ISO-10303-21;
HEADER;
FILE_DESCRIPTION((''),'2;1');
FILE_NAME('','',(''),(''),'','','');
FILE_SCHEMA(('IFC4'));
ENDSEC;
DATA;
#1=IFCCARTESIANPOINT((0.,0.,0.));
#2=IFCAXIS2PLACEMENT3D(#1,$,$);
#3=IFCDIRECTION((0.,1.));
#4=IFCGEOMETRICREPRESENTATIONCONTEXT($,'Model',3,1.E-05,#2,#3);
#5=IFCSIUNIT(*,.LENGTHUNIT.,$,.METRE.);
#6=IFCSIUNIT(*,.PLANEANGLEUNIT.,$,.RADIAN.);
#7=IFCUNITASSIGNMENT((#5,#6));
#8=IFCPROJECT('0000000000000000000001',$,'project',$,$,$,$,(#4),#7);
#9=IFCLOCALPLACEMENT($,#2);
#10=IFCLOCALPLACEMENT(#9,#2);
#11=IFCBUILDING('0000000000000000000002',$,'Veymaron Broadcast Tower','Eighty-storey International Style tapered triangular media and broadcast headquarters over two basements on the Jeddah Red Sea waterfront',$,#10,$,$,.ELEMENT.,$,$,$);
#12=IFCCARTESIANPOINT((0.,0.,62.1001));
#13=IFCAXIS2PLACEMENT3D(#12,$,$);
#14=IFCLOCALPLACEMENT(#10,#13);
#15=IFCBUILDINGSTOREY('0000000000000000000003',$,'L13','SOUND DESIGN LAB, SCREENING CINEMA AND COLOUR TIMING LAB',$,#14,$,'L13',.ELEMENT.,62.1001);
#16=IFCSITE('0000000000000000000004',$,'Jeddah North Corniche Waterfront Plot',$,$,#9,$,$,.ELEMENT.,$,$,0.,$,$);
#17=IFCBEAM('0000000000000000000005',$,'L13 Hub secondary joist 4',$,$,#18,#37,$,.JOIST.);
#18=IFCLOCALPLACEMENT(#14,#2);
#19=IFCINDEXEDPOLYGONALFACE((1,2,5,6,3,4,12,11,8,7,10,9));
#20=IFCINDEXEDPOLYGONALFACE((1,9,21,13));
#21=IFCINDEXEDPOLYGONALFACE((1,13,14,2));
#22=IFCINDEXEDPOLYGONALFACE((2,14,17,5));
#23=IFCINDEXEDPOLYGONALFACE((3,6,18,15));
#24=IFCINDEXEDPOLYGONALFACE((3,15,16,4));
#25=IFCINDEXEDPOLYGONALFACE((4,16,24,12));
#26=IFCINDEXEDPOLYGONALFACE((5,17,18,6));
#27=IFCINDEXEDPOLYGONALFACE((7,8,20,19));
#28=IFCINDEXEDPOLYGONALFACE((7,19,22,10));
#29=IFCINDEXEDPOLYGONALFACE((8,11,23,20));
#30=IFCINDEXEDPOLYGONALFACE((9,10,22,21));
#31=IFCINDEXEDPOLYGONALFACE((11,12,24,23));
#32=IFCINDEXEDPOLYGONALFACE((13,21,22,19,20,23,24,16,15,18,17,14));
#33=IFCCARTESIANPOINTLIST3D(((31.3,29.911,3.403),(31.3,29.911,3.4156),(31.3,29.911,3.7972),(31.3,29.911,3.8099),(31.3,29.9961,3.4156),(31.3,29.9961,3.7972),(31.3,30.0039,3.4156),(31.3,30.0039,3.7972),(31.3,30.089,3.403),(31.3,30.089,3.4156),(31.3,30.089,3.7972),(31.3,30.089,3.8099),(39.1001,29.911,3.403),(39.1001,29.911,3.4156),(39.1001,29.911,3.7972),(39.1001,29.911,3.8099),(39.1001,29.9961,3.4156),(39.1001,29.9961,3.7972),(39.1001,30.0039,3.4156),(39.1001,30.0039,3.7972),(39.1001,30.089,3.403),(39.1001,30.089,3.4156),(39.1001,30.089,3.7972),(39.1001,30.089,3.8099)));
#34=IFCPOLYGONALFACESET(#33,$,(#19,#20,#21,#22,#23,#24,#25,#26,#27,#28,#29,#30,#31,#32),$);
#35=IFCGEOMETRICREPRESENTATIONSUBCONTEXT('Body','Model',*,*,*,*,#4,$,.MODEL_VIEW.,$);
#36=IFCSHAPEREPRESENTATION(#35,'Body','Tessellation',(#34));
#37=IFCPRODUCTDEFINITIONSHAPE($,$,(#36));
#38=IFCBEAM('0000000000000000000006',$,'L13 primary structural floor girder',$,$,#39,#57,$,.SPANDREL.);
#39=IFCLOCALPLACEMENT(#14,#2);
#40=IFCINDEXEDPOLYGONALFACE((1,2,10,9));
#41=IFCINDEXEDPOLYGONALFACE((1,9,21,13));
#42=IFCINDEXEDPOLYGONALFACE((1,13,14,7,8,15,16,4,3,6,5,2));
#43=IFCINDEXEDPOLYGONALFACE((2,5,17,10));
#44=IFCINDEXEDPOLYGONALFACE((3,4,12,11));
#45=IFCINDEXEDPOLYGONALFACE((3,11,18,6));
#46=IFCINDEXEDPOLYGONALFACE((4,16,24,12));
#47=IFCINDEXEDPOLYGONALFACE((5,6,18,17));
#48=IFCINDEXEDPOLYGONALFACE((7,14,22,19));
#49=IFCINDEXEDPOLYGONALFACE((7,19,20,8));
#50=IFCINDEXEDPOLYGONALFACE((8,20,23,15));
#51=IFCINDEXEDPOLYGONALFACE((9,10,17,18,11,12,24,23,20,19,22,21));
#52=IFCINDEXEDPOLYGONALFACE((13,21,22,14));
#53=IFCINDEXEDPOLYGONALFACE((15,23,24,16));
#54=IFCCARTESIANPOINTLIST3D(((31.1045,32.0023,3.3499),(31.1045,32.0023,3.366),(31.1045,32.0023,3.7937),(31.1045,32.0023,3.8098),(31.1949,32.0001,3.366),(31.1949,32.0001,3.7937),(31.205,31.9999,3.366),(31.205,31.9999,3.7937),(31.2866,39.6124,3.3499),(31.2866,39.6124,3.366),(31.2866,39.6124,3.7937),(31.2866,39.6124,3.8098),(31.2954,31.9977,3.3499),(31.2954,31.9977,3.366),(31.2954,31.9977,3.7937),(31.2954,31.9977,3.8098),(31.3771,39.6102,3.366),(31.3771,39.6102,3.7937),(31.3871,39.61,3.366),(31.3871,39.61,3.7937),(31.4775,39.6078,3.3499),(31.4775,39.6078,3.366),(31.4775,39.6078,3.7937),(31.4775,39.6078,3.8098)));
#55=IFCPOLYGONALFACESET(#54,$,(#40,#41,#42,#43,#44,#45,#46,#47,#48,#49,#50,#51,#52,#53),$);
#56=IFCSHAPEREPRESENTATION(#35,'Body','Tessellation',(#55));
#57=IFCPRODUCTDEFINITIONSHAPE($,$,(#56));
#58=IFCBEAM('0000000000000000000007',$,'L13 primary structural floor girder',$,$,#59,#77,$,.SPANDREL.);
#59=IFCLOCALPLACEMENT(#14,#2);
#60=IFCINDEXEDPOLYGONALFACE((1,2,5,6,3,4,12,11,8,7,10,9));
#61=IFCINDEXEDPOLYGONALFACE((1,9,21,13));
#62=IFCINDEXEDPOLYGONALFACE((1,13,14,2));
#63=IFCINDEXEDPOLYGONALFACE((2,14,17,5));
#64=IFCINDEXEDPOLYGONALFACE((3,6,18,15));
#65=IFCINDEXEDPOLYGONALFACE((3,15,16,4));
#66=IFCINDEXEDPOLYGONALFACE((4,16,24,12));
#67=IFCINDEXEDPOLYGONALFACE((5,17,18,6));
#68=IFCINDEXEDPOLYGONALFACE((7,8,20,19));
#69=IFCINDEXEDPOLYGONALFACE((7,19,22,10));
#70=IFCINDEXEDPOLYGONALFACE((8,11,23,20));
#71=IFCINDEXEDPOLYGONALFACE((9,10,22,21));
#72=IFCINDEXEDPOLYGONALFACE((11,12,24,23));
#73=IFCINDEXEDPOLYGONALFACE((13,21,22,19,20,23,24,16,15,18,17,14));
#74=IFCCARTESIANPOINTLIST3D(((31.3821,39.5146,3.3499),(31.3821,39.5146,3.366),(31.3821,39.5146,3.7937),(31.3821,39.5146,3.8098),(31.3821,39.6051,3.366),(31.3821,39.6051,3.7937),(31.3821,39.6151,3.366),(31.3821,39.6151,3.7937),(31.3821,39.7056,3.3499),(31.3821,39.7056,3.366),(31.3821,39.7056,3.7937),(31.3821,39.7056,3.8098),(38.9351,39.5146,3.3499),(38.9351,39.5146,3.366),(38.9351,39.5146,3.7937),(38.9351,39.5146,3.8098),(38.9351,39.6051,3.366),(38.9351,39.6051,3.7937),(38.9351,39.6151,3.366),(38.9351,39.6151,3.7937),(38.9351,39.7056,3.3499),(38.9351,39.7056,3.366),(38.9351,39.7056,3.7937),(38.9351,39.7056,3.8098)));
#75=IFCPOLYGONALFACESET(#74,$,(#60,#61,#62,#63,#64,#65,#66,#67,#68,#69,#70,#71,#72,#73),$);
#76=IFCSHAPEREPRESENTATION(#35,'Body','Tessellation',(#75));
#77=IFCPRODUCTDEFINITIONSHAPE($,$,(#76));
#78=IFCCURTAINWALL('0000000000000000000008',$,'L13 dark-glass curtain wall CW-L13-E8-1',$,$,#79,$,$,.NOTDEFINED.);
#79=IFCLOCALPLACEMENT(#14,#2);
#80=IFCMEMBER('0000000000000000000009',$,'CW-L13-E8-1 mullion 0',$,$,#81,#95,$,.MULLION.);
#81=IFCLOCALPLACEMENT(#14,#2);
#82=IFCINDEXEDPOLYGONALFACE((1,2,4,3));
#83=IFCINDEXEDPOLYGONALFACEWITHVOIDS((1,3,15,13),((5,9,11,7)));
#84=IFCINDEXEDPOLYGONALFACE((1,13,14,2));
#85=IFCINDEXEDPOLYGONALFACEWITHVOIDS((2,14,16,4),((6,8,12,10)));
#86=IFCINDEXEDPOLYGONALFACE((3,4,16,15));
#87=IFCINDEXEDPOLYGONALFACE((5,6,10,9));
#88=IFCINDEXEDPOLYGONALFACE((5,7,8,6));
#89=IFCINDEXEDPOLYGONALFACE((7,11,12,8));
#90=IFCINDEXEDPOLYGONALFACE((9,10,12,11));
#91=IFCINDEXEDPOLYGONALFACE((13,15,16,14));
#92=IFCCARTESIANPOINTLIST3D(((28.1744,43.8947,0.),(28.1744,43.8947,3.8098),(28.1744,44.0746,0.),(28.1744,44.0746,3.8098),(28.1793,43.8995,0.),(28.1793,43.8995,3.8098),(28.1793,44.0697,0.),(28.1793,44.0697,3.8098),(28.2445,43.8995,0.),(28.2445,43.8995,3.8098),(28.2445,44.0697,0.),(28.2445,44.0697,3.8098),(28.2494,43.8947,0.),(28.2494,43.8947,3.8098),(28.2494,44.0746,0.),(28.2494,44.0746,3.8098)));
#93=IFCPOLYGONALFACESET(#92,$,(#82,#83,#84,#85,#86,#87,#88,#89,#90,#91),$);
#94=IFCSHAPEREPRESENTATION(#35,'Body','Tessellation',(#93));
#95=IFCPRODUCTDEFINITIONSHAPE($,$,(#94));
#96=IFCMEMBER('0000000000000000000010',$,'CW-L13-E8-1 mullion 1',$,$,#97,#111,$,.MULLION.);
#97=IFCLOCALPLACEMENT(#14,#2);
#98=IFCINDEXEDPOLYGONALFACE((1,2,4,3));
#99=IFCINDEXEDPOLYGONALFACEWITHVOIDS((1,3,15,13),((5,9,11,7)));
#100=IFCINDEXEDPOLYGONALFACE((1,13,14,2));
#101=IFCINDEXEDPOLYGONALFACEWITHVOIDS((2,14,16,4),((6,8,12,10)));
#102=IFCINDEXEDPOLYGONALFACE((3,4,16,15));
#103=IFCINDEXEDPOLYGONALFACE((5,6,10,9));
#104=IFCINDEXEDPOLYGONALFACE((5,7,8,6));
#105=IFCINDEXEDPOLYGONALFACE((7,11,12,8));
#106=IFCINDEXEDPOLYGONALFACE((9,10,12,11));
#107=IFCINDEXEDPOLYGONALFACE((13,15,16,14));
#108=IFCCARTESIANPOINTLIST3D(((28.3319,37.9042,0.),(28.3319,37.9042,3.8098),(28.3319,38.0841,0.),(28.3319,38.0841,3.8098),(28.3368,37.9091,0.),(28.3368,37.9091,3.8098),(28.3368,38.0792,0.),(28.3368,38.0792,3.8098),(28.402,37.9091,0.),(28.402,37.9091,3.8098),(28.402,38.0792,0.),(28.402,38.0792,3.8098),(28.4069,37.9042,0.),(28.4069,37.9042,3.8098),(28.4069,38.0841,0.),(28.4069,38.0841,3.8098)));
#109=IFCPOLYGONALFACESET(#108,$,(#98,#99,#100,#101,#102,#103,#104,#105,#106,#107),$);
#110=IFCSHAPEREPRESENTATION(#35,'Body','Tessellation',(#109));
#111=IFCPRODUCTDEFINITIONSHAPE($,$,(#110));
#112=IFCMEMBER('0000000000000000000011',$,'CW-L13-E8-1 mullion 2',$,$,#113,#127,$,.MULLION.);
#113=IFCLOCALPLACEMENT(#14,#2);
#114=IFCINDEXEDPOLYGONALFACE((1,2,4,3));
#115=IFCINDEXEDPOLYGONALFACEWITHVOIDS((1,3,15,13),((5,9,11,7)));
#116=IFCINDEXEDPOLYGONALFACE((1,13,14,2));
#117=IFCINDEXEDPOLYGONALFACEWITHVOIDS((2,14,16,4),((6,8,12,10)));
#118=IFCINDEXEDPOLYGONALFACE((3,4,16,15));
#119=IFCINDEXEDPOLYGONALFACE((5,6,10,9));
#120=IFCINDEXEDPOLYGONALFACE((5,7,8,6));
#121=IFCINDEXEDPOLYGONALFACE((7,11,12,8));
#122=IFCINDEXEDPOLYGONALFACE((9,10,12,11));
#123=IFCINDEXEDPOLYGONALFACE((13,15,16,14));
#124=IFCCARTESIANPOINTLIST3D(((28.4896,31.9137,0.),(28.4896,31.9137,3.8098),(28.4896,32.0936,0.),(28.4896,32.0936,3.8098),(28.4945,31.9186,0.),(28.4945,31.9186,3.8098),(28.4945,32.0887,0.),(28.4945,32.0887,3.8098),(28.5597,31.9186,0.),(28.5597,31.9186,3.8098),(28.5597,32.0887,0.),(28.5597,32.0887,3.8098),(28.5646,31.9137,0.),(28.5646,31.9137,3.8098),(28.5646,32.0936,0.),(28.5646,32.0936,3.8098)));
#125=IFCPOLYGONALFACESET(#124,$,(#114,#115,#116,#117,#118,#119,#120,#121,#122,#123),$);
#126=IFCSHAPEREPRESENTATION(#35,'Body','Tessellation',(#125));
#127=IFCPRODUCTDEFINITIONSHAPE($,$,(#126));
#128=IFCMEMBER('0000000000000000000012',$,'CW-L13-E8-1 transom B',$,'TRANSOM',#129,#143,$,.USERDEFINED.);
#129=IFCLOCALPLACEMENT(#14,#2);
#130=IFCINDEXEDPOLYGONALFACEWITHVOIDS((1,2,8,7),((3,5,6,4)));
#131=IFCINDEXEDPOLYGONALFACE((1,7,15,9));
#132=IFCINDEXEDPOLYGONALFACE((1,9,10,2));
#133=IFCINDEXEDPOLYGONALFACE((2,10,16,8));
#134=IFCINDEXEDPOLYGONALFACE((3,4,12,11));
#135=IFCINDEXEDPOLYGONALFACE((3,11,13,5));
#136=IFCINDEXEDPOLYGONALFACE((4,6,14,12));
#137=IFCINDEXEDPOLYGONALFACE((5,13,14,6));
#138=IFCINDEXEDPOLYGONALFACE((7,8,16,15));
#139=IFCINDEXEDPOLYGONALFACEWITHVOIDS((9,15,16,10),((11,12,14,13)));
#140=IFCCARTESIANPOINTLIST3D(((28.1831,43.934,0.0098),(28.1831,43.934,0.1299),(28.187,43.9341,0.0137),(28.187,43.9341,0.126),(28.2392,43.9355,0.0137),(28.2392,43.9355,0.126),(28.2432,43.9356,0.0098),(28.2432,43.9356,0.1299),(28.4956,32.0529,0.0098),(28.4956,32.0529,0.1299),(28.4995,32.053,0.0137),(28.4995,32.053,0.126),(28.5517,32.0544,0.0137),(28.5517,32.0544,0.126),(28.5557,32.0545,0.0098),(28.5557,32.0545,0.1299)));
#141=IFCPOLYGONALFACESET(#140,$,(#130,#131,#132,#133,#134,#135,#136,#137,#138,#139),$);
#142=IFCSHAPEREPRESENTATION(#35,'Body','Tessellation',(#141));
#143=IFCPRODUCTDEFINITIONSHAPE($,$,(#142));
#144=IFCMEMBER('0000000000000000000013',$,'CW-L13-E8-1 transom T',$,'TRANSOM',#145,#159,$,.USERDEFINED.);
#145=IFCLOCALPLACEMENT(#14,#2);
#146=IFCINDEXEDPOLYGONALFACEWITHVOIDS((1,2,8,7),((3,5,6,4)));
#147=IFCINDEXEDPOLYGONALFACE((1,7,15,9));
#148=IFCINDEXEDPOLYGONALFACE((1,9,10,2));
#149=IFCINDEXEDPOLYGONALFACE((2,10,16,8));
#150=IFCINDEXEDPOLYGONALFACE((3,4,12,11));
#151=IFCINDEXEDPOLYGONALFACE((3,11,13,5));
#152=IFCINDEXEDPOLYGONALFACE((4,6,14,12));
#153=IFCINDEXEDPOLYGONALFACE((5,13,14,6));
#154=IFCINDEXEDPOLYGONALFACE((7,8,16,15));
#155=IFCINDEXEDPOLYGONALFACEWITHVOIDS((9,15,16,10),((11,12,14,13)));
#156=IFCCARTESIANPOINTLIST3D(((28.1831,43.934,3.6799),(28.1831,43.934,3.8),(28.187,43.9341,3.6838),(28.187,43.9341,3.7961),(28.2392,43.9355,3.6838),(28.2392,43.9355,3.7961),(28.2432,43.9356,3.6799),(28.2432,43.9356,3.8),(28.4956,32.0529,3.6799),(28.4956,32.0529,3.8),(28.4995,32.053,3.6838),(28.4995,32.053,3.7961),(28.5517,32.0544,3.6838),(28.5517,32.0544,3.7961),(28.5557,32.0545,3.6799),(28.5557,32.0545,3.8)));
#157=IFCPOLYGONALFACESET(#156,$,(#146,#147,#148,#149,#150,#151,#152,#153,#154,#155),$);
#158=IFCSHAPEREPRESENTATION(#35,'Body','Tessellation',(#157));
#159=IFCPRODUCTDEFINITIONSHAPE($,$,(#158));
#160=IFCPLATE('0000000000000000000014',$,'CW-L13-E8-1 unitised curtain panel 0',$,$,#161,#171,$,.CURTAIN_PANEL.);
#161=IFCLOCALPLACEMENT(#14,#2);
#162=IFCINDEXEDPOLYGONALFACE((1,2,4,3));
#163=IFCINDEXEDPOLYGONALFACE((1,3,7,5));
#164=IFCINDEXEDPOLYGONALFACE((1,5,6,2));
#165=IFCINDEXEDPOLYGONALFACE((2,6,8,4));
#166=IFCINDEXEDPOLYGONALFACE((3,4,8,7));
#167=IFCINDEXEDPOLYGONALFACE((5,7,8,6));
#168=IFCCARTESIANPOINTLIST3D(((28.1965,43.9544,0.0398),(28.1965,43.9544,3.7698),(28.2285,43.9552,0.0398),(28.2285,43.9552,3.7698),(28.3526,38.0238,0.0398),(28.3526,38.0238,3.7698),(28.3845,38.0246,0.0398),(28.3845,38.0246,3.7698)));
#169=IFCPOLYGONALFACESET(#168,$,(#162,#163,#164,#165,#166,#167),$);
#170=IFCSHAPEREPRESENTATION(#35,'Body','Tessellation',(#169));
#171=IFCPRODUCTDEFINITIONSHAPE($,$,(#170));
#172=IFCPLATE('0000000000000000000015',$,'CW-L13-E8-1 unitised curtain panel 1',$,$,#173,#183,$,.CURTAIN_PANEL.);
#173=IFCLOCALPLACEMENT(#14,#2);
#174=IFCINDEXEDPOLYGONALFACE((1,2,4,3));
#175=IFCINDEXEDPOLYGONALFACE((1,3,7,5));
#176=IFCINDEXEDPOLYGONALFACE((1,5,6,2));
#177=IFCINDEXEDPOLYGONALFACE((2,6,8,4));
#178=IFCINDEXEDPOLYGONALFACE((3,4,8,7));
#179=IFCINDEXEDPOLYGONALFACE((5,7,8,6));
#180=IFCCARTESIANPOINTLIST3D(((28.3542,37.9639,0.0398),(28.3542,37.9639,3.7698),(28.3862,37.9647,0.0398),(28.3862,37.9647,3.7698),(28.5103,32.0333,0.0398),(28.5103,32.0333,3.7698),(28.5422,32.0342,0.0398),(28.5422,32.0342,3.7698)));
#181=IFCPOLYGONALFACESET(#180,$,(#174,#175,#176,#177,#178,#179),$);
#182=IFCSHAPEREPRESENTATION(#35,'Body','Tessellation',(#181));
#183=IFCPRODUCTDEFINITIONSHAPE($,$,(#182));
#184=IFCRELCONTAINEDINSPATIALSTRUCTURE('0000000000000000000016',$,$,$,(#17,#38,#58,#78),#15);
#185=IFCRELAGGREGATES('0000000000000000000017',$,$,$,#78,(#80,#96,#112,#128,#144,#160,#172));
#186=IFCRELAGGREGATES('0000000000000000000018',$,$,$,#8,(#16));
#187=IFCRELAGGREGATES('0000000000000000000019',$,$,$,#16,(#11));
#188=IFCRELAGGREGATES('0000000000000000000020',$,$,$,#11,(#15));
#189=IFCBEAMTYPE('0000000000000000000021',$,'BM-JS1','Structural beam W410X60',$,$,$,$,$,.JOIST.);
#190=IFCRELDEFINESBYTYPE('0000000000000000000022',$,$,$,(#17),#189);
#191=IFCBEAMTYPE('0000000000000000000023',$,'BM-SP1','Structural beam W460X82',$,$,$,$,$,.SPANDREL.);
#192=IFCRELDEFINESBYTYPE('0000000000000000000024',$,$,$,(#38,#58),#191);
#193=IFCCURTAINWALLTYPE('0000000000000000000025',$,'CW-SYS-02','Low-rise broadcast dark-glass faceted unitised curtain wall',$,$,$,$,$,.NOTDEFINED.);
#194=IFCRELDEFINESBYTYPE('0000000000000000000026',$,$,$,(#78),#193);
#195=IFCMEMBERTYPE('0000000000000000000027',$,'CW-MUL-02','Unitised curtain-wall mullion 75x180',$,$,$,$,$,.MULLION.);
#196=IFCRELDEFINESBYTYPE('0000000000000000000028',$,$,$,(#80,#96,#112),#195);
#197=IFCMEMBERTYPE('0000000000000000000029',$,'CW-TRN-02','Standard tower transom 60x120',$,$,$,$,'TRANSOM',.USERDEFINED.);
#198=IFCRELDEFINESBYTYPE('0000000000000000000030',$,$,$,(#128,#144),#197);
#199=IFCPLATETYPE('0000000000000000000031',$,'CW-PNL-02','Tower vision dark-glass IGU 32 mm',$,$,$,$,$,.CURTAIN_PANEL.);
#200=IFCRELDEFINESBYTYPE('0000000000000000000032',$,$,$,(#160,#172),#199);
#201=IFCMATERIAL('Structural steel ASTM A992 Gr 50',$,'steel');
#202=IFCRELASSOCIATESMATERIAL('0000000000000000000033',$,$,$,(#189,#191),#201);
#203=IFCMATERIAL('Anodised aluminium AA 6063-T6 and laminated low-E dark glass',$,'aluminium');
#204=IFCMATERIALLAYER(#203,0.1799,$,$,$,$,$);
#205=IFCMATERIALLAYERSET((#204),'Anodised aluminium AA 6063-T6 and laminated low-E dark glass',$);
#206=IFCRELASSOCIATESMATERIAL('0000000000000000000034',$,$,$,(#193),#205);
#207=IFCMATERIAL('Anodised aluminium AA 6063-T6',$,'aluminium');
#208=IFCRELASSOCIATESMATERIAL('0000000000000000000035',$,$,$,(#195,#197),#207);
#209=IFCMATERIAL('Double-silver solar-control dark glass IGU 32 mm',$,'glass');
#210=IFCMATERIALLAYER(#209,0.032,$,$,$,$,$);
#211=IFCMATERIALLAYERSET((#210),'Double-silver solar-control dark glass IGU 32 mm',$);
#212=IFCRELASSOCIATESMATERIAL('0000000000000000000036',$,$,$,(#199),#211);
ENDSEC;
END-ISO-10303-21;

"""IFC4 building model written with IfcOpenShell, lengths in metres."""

from ifc_helpers import new_model, si_unit, direction, frame, origin, origin_2d, place, context, subcontext, project, spatial, rectangle, hollow_rectangle, i_section, extrude, material, layer, layer_set, material_profile, profile_set, type_object, element, aggregate, save


model = new_model("IFC4")

# Units and contexts
model_context = context("Model", 3, precision=1e-05, world=origin(), true_north=direction((0.0, 1.0)))
body_context = subcontext(model_context, "Body", "Model", "MODEL_VIEW")
ifc_project = project(units=[si_unit("LENGTHUNIT", "METRE"), si_unit("PLANEANGLEUNIT", "RADIAN")], contexts=[model_context])

# Site, building, storey
site_placement = place(None, origin())
site = spatial("IfcSite", under=ifc_project, at=site_placement, Name="Jeddah North Corniche Waterfront Plot", CompositionType="ELEMENT", RefElevation=0.0)
building_placement = place(site_placement, origin())
building = spatial("IfcBuilding", under=site, at=building_placement, Name="Veymaron Broadcast Tower", Description="Eighty-storey International Style tapered triangular media and broadcast headquarters over two basements on the Jeddah Red Sea waterfront", CompositionType="ELEMENT")
storey_placement = place(building_placement, frame((0.0, 0.0, 62.1001)))
storey = spatial("IfcBuildingStorey", under=building, at=storey_placement, Name="L13", Description="SOUND DESIGN LAB, SCREENING CINEMA AND COLOUR TIMING LAB", LongName="L13", CompositionType="ELEMENT", Elevation=62.1001)

# Beams
ifc_material_1 = material(Name="Structural steel ASTM A992 Gr 50", Category="steel")
ifc_material_profile_1 = material_profile(ifc_material_1, i_section(OverallWidth=0.178, OverallDepth=0.407, WebThickness=0.0078, FlangeThickness=0.0127, at=origin_2d()), Name="W410X60")
ifc_profile_set_1 = profile_set([ifc_material_profile_1], Name="Structural steel ASTM A992 Gr 50")
beam_type_1 = type_object("IfcBeamType", Name="BM-JS1", Description="Structural beam W410X60", PredefinedType="JOIST", material=ifc_profile_set_1)
for number, where, z_axis, x_axis, name in (
    (1, (31.3, 30.0, 3.6064), (1.0, 0.0, 0.0), (0.0, 1.0, 0.0), "L13 Hub secondary joist 4"),
):
    element("IfcBeam", number, at=place(storey_placement, frame(where, z_axis=z_axis, x_axis=x_axis)), inside=storey, type_object=beam_type_1, Name=name, PredefinedType="JOIST", context=body_context, shape_type="SweptSolid", body=[
        extrude(i_section(OverallWidth=0.178, OverallDepth=0.407, WebThickness=0.0078, FlangeThickness=0.0127, at=origin_2d()), origin(), (0.0, 0.0, 1.0), 7.8),
    ])
ifc_material_profile_2 = material_profile(ifc_material_1, i_section(OverallWidth=0.1909, OverallDepth=0.46, WebThickness=0.01, FlangeThickness=0.0161, at=origin_2d()), Name="W460X82")
ifc_profile_set_2 = profile_set([ifc_material_profile_2], Name="Structural steel ASTM A992 Gr 50")
beam_type_2 = type_object("IfcBeamType", Name="BM-SP1", Description="Structural beam W460X82", PredefinedType="SPANDREL", material=ifc_profile_set_2)
beam_1_placement = place(storey_placement, frame((31.2, 32.0, 3.5798), z_axis=(0.023926, 0.999714, 0.0), x_axis=(-0.999714, 0.023926, 0.0)))
element("IfcBeam", 2, at=beam_1_placement, inside=storey, type_object=beam_type_2, Name="L13 primary structural floor girder", PredefinedType="SPANDREL", context=body_context, shape_type="SweptSolid", body=[
    extrude(i_section(OverallWidth=0.1909, OverallDepth=0.46, WebThickness=0.01, FlangeThickness=0.0161, at=origin_2d()), origin(), (0.0, 0.0, 1.0), 7.6123),
])
beam_2_placement = place(storey_placement, frame((31.3821, 39.6101, 3.5798), z_axis=(1.0, 0.0, 0.0), x_axis=(0.0, 1.0, 0.0)))
element("IfcBeam", 3, at=beam_2_placement, inside=storey, type_object=beam_type_2, Name="L13 primary structural floor girder", PredefinedType="SPANDREL", context=body_context, shape_type="SweptSolid", body=[
    extrude(i_section(OverallWidth=0.1909, OverallDepth=0.46, WebThickness=0.01, FlangeThickness=0.0161, at=origin_2d()), origin(), (0.0, 0.0, 1.0), 7.553),
])

# Curtain wall, members, plates
ifc_material_2 = material(Name="Anodised aluminium AA 6063-T6 and laminated low-E dark glass", Category="aluminium")
ifc_layer_1 = layer(ifc_material_2, 0.1799)
ifc_layer_set_1 = layer_set([ifc_layer_1], Name="Anodised aluminium AA 6063-T6 and laminated low-E dark glass")
curtain_wall_type = type_object("IfcCurtainWallType", Name="CW-SYS-02", Description="Low-rise broadcast dark-glass faceted unitised curtain wall", PredefinedType="NOTDEFINED", material=ifc_layer_set_1)
curtain_wall_placement = place(storey_placement, origin())
curtain_wall = element("IfcCurtainWall", 4, at=curtain_wall_placement, inside=storey, type_object=curtain_wall_type, Name="L13 dark-glass curtain wall CW-L13-E8-1", PredefinedType="NOTDEFINED")
ifc_material_3 = material(Name="Anodised aluminium AA 6063-T6", Category="aluminium")
ifc_material_profile_3 = material_profile(ifc_material_3, hollow_rectangle(XDim=0.075, YDim=0.1799, WallThickness=0.0049, at=origin_2d()), Name="AL180X75X5")
ifc_profile_set_3 = profile_set([ifc_material_profile_3], Name="Anodised aluminium AA 6063-T6")
member_type_1 = type_object("IfcMemberType", Name="CW-MUL-02", Description="Unitised curtain-wall mullion 75x180", PredefinedType="MULLION", material=ifc_profile_set_3)
member_1_placement = place(storey_placement, frame((28.2119, 43.9846, 0.0), z_axis=(0.0, 0.0, 1.0), x_axis=(1.0, 0.0, 0.0)))
member_1 = element("IfcMember", 5, at=member_1_placement, type_object=member_type_1, Name="CW-L13-E8-1 mullion 0", PredefinedType="MULLION", context=body_context, shape_type="SweptSolid", body=[
    extrude(hollow_rectangle(XDim=0.075, YDim=0.1799, WallThickness=0.0049, at=origin_2d()), origin(), (0.0, 0.0, 1.0), 3.8098),
])
member_2_placement = place(storey_placement, frame((28.3694, 37.9941, 0.0), z_axis=(0.0, 0.0, 1.0), x_axis=(1.0, 0.0, 0.0)))
member_2 = element("IfcMember", 6, at=member_2_placement, type_object=member_type_1, Name="CW-L13-E8-1 mullion 1", PredefinedType="MULLION", context=body_context, shape_type="SweptSolid", body=[
    extrude(hollow_rectangle(XDim=0.075, YDim=0.1799, WallThickness=0.0049, at=origin_2d()), origin(), (0.0, 0.0, 1.0), 3.8098),
])
member_3_placement = place(storey_placement, frame((28.5271, 32.0037, 0.0), z_axis=(0.0, 0.0, 1.0), x_axis=(1.0, 0.0, 0.0)))
member_3 = element("IfcMember", 7, at=member_3_placement, type_object=member_type_1, Name="CW-L13-E8-1 mullion 2", PredefinedType="MULLION", context=body_context, shape_type="SweptSolid", body=[
    extrude(hollow_rectangle(XDim=0.075, YDim=0.1799, WallThickness=0.0049, at=origin_2d()), origin(), (0.0, 0.0, 1.0), 3.8098),
])
ifc_material_profile_4 = material_profile(ifc_material_3, hollow_rectangle(XDim=0.0601, YDim=0.1201, WallThickness=0.0039, at=origin_2d()), Name="AL120X60X4")
ifc_profile_set_4 = profile_set([ifc_material_profile_4], Name="Anodised aluminium AA 6063-T6")
member_type_2 = type_object("IfcMemberType", Name="CW-TRN-02", Description="Standard tower transom 60x120", ElementType="TRANSOM", PredefinedType="USERDEFINED", material=ifc_profile_set_4)
member_4_placement = place(storey_placement, frame((28.2131, 43.9348, 0.0698), z_axis=(0.026293, -0.999654, 0.0), x_axis=(0.999654, 0.026293, 0.0)))
member_4 = element("IfcMember", 8, at=member_4_placement, type_object=member_type_2, Name="CW-L13-E8-1 transom B", ObjectType="TRANSOM", PredefinedType="USERDEFINED", context=body_context, shape_type="SweptSolid", body=[
    extrude(hollow_rectangle(XDim=0.0601, YDim=0.1201, WallThickness=0.0039, at=origin_2d()), origin(), (0.0, 0.0, 1.0), 11.8853),
])
member_5_placement = place(storey_placement, frame((28.2131, 43.9348, 3.74), z_axis=(0.026293, -0.999654, 0.0), x_axis=(0.999654, 0.026293, 0.0)))
member_5 = element("IfcMember", 9, at=member_5_placement, type_object=member_type_2, Name="CW-L13-E8-1 transom T", ObjectType="TRANSOM", PredefinedType="USERDEFINED", context=body_context, shape_type="SweptSolid", body=[
    extrude(hollow_rectangle(XDim=0.0601, YDim=0.1201, WallThickness=0.0039, at=origin_2d()), origin(), (0.0, 0.0, 1.0), 11.8853),
])
ifc_material_4 = material(Name="Double-silver solar-control dark glass IGU 32 mm", Category="glass")
ifc_layer_2 = layer(ifc_material_4, 0.032)
ifc_layer_set_2 = layer_set([ifc_layer_2], Name="Double-silver solar-control dark glass IGU 32 mm")
plate_type_1 = type_object("IfcPlateType", Name="CW-PNL-02", Description="Tower vision dark-glass IGU 32 mm", PredefinedType="CURTAIN_PANEL", material=ifc_layer_set_2)
plate_1_placement = place(storey_placement, frame((28.2905, 40.9895, 0.0398), z_axis=(0.0, 0.0, 1.0), x_axis=(0.026299, -0.999654, 0.0)))
plate_1 = element("IfcPlate", 10, at=plate_1_placement, type_object=plate_type_1, Name="CW-L13-E8-1 unitised curtain panel 0", PredefinedType="CURTAIN_PANEL", context=body_context, shape_type="SweptSolid", body=[
    extrude(rectangle(XDim=5.9326, YDim=0.032, at=origin_2d()), origin(), (0.0, 0.0, 1.0), 3.73),
])
plate_2_placement = place(storey_placement, frame((28.4482, 34.999, 0.0398), z_axis=(0.0, 0.0, 1.0), x_axis=(0.026299, -0.999654, 0.0)))
plate_2 = element("IfcPlate", 11, at=plate_2_placement, type_object=plate_type_1, Name="CW-L13-E8-1 unitised curtain panel 1", PredefinedType="CURTAIN_PANEL", context=body_context, shape_type="SweptSolid", body=[
    extrude(rectangle(XDim=5.9326, YDim=0.032, at=origin_2d()), origin(), (0.0, 0.0, 1.0), 3.73),
])
aggregate(curtain_wall, [member_1, member_2, member_3, member_4, member_5, plate_1, plate_2])

save(model, "model.ifc")
